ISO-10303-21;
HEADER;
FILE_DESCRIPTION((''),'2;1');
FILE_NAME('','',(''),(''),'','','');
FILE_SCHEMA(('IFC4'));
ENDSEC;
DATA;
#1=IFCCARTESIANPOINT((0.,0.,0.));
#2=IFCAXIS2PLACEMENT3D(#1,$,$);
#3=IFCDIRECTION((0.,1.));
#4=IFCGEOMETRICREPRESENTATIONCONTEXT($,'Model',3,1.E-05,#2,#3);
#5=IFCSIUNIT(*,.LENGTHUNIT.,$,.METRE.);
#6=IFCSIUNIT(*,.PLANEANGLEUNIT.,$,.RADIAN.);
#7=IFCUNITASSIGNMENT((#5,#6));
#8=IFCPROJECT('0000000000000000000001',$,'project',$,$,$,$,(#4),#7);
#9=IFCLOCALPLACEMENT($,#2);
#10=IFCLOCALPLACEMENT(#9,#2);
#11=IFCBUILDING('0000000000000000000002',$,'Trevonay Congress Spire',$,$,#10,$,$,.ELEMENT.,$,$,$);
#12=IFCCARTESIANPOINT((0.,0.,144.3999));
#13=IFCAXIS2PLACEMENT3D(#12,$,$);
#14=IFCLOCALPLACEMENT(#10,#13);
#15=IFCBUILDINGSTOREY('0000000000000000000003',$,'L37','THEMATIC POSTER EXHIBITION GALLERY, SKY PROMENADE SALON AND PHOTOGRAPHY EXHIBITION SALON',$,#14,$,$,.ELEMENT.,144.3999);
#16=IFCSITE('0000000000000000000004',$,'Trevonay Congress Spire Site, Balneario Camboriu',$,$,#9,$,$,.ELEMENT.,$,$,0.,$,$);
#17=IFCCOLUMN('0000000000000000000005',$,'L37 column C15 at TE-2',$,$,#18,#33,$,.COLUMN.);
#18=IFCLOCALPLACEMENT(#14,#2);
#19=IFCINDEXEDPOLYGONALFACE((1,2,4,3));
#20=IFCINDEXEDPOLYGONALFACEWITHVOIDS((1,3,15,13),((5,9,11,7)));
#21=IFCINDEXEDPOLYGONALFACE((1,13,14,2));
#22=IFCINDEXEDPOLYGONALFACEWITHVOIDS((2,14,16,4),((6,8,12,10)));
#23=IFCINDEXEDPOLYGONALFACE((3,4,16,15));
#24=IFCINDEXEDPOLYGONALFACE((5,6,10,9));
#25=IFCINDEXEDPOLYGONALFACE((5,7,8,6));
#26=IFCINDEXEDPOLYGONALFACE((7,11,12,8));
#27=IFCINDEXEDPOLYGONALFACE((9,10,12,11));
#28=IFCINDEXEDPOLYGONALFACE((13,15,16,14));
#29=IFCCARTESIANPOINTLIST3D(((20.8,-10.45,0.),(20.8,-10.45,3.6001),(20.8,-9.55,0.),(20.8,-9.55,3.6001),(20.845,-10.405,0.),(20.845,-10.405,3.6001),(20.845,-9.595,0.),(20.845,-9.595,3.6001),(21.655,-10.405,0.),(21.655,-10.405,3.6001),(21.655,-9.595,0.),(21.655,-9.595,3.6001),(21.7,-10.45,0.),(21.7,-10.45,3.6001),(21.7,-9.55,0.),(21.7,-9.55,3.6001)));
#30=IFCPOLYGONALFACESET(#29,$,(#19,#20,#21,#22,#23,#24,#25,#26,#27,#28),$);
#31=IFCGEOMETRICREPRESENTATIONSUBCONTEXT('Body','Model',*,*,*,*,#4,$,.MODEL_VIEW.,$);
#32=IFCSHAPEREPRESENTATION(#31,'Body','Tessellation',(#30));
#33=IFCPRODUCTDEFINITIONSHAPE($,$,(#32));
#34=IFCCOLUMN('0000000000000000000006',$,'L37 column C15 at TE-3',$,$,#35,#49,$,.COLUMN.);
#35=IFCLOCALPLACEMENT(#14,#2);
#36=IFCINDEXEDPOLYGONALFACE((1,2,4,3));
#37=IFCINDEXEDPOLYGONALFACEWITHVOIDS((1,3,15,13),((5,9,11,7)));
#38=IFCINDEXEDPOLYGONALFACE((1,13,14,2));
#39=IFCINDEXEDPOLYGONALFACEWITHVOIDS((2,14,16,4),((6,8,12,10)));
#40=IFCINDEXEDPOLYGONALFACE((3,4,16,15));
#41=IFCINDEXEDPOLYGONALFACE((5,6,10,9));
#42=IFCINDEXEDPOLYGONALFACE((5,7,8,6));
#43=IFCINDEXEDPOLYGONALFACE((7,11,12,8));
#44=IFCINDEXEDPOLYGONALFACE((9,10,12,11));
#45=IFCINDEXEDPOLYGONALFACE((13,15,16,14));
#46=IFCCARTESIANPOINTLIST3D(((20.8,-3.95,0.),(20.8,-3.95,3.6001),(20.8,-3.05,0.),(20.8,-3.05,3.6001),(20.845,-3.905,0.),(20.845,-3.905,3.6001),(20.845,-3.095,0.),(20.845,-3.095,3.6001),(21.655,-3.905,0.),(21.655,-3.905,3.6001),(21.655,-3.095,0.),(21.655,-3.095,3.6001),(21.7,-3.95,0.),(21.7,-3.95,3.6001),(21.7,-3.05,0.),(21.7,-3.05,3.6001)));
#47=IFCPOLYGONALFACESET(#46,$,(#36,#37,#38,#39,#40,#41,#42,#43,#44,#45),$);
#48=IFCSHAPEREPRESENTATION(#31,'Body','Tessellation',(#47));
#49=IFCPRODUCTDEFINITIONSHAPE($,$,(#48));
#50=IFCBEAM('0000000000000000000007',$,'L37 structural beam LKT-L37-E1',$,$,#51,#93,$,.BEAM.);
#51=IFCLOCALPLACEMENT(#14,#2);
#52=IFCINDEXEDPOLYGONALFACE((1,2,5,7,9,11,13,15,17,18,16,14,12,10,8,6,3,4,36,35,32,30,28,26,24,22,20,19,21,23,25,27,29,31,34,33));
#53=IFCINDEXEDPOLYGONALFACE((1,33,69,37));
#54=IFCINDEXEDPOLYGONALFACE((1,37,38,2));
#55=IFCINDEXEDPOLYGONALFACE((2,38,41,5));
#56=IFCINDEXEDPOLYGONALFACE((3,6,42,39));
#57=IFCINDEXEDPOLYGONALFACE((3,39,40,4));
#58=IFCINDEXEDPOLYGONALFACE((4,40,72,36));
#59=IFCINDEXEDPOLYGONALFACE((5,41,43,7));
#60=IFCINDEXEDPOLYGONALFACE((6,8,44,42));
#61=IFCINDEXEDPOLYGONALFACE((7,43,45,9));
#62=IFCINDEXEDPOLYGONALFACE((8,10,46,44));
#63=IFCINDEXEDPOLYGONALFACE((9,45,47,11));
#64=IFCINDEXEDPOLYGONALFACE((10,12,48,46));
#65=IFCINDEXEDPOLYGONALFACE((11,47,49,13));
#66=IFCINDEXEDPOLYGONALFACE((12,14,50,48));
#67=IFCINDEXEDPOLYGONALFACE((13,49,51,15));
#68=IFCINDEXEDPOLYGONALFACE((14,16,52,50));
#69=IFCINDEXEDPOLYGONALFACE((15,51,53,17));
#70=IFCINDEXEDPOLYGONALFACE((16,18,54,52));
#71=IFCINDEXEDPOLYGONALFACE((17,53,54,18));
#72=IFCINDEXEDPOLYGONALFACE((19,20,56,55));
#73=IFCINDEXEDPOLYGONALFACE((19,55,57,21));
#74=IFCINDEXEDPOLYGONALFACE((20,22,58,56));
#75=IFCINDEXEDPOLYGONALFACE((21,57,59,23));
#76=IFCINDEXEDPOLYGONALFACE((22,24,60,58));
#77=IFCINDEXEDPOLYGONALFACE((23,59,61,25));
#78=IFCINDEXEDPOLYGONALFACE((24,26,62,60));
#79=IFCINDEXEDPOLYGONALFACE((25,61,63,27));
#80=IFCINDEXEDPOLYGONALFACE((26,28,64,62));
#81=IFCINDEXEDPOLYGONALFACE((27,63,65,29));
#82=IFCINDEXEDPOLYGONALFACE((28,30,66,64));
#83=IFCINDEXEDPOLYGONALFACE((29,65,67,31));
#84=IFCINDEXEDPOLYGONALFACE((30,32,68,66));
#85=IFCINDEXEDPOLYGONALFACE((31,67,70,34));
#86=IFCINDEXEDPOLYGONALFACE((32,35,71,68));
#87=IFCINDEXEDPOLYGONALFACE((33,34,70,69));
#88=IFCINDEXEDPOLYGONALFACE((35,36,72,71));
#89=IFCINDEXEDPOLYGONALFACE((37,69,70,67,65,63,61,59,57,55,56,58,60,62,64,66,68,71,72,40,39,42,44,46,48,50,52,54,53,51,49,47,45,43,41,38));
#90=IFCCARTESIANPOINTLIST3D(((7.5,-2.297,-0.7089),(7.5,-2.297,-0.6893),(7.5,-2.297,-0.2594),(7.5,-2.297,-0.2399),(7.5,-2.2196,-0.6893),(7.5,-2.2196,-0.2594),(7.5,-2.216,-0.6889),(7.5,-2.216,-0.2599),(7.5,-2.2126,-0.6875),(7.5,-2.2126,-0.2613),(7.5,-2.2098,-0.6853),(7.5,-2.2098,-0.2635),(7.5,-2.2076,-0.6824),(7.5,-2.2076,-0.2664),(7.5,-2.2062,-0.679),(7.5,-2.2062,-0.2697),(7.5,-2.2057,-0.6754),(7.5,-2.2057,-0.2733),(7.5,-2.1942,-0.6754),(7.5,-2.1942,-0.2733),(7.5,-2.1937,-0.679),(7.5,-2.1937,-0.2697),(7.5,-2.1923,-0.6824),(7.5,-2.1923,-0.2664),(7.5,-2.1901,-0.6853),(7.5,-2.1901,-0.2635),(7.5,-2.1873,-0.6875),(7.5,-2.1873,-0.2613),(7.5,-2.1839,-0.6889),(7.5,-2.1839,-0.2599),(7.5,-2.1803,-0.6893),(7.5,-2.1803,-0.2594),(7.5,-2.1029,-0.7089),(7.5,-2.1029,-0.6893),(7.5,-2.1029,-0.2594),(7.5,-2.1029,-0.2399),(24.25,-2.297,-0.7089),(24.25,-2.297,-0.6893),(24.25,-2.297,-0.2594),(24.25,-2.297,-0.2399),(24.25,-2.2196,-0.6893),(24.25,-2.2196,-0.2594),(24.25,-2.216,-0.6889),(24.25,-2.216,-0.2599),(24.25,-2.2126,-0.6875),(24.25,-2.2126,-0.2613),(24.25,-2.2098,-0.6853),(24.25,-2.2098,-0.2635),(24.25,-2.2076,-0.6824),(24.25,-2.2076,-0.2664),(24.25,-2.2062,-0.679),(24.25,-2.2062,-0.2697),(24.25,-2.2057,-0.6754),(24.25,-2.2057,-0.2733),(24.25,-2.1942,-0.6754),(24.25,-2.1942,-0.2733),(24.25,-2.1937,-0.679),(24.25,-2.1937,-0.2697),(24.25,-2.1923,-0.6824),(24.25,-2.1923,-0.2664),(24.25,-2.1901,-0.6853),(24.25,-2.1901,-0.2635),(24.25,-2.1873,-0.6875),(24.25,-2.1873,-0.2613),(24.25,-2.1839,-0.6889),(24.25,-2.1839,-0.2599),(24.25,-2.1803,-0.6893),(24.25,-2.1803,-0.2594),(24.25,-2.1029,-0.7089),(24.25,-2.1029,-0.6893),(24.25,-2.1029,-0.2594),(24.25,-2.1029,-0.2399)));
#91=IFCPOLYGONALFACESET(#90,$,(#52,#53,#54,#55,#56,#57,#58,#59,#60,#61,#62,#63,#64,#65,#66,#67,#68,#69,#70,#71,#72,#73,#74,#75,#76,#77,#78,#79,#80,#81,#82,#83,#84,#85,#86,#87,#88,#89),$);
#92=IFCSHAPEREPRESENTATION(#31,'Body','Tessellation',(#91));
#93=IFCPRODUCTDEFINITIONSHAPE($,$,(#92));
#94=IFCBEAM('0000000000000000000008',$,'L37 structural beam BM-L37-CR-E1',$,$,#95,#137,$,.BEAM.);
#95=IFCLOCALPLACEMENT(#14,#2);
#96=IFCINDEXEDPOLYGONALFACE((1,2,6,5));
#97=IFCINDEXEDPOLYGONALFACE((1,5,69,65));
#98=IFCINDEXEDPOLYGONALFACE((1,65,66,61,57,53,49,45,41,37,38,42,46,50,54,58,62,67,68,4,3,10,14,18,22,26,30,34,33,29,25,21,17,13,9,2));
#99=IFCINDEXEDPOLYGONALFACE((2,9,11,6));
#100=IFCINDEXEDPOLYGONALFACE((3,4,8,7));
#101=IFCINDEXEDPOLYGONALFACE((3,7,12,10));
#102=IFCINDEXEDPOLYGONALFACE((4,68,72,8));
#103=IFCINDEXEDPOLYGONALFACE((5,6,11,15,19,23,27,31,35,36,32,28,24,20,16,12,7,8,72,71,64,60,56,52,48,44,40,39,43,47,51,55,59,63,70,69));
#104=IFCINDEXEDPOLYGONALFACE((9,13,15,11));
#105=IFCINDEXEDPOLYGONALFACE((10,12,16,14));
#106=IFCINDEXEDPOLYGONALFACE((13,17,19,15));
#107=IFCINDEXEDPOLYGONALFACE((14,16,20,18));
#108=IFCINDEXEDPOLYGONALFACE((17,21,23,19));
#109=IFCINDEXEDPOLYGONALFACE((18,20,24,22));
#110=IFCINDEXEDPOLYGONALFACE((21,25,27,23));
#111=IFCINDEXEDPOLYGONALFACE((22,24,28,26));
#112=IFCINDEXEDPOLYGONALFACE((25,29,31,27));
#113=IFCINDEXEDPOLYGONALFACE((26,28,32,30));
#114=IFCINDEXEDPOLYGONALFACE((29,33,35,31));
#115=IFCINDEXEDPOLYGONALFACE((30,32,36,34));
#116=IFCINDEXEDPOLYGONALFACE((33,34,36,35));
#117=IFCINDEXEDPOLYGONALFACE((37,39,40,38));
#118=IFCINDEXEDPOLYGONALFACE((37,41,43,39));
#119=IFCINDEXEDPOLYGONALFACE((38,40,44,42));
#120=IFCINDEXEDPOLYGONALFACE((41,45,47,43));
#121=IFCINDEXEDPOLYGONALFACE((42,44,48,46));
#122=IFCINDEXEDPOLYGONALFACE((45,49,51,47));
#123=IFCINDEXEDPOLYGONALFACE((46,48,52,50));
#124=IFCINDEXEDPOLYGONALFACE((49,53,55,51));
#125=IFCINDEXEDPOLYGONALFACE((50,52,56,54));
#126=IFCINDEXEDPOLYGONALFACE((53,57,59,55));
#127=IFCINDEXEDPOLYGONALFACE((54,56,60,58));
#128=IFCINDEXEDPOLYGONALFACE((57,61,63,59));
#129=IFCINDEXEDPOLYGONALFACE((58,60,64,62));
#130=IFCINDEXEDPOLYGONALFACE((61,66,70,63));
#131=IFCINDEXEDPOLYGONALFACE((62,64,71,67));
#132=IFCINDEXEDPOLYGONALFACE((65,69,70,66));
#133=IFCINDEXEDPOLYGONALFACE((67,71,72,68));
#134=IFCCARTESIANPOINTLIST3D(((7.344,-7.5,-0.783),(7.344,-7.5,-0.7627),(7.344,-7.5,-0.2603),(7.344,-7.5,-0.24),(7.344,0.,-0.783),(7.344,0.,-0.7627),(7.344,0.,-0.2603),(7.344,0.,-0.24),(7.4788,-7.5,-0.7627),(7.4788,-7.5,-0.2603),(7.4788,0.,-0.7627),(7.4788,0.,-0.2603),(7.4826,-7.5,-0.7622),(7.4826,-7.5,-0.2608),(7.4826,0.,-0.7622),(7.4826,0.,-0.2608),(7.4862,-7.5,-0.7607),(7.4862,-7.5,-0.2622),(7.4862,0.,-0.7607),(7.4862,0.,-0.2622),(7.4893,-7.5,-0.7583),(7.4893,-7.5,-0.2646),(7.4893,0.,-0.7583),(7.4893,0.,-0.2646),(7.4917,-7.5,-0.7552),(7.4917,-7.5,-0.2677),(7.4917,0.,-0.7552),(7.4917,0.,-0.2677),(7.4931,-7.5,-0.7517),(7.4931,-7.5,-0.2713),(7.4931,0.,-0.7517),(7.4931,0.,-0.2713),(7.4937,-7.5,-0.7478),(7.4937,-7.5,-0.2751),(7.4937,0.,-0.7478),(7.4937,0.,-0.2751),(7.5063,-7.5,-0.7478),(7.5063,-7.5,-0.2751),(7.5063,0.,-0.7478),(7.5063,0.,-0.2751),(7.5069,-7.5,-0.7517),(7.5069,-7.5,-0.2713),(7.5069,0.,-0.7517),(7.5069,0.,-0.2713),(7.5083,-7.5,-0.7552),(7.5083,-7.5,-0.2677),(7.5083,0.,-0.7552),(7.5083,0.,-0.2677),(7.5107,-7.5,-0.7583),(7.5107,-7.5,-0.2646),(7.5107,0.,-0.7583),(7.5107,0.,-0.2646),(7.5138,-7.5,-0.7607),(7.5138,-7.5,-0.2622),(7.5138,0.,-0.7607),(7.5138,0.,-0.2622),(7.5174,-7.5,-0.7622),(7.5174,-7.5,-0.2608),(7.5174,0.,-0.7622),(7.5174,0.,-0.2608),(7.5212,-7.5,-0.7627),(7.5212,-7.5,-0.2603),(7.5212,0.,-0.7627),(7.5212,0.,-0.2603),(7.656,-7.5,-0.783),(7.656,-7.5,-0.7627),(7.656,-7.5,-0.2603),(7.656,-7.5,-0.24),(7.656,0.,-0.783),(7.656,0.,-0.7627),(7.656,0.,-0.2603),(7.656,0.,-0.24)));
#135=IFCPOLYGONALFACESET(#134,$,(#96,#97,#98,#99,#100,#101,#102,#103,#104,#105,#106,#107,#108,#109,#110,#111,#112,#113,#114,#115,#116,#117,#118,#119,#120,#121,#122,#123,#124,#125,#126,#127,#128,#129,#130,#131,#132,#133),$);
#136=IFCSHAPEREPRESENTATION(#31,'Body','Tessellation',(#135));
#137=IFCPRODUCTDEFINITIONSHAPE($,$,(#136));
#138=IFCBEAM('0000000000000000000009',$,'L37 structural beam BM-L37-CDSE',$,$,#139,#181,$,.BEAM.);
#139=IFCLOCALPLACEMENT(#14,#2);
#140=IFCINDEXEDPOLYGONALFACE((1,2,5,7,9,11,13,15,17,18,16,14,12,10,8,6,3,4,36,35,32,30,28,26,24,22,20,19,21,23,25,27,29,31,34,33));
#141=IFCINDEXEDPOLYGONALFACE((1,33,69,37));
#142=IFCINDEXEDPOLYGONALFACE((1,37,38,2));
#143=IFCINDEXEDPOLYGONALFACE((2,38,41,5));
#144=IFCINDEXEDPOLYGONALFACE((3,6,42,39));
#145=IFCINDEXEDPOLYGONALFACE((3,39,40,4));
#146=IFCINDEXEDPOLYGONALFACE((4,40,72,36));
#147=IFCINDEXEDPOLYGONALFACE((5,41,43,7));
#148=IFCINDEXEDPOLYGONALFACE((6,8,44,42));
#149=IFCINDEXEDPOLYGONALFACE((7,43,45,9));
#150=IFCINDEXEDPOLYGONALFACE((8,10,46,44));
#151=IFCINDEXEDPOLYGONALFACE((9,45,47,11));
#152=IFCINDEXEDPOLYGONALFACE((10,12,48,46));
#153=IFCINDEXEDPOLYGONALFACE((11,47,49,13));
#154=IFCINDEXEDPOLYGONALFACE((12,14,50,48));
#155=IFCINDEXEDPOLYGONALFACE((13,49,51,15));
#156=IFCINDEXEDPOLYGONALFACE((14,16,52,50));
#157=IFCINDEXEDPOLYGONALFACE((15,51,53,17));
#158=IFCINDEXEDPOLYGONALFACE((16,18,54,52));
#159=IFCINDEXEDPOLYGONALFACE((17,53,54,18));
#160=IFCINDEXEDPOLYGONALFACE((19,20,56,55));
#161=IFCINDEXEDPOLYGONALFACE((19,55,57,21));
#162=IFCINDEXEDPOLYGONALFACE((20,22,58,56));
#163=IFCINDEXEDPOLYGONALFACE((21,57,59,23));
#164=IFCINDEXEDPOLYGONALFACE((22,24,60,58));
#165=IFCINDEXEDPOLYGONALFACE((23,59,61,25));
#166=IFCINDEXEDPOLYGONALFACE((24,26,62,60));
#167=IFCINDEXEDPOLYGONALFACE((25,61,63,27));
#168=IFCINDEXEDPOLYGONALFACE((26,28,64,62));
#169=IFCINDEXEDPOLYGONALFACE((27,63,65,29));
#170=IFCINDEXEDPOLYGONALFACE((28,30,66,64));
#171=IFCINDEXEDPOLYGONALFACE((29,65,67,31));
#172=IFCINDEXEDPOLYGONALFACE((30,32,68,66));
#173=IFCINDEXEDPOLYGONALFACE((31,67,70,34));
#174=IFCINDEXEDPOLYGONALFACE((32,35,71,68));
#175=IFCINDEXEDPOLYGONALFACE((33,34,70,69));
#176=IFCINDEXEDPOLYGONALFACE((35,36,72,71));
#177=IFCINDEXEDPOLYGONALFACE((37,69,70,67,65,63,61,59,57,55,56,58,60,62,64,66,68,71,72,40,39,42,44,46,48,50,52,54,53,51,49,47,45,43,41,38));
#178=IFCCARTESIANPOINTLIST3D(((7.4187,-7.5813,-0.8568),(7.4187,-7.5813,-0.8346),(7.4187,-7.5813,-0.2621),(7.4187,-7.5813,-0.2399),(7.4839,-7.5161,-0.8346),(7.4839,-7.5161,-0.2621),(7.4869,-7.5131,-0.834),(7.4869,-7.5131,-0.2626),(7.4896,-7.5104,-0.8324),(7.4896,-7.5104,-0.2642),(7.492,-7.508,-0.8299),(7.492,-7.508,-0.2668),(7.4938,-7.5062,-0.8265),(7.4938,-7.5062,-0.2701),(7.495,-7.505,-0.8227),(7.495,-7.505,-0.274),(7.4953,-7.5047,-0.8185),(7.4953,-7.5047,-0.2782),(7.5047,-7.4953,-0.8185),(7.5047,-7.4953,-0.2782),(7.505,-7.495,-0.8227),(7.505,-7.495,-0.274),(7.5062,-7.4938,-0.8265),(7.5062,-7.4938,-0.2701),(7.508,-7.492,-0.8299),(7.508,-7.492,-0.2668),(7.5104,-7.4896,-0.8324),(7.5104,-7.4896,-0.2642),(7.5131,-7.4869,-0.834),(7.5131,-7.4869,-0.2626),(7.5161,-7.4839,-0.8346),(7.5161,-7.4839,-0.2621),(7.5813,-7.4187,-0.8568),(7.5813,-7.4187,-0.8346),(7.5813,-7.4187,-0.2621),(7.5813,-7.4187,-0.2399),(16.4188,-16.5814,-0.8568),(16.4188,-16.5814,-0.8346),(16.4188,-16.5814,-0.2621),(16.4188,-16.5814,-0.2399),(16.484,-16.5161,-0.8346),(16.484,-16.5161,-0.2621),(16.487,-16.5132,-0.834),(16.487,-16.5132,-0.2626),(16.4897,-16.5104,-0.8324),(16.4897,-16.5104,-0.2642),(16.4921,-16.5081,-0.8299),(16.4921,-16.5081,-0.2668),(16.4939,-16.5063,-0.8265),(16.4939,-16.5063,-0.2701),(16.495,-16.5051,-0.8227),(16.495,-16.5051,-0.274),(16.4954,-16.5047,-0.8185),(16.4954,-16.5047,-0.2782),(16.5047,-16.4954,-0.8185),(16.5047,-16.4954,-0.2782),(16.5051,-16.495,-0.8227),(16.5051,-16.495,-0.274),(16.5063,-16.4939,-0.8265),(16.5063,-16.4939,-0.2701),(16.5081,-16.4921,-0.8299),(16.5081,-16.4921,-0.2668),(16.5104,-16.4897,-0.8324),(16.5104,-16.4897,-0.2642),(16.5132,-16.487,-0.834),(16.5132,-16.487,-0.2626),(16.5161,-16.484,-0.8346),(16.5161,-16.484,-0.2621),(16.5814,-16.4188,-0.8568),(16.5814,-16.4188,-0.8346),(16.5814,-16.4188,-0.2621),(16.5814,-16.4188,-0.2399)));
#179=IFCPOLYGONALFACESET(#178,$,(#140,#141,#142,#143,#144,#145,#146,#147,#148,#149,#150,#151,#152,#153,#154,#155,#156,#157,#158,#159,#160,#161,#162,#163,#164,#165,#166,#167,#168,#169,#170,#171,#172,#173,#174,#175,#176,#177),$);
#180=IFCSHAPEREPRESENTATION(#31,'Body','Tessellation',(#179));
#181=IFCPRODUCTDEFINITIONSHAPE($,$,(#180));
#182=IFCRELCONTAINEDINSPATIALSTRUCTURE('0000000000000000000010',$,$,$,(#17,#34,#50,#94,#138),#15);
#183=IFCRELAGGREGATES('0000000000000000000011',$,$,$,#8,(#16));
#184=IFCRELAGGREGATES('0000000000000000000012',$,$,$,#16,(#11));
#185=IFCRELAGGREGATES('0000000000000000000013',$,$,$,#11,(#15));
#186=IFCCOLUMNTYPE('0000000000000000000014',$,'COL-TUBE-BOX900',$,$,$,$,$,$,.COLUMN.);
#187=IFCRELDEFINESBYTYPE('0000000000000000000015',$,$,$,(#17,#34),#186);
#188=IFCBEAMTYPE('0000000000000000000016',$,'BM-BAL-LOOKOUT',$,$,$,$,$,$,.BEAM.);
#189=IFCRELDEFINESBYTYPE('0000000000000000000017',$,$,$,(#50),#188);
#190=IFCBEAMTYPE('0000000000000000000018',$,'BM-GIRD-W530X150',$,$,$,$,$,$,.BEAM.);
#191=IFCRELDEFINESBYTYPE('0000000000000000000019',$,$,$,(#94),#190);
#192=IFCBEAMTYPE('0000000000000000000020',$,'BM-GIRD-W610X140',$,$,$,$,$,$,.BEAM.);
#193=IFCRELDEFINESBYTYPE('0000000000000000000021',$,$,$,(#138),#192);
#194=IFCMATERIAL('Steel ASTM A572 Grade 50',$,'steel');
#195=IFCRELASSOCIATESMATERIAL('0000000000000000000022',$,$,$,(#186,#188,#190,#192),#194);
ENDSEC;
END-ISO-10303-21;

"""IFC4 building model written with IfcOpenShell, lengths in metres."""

from ifc_helpers import new_model, si_unit, direction, frame, origin, origin_2d, place, context, subcontext, project, spatial, hollow_rectangle, i_section, extrude, material, material_profile, profile_set, type_object, element, save


model = new_model("IFC4")

# Units and contexts
model_context = context("Model", 3, precision=1e-05, world=origin(), true_north=direction((0.0, 1.0)))
body_context = subcontext(model_context, "Body", "Model", "MODEL_VIEW")
ifc_project = project(units=[si_unit("LENGTHUNIT", "METRE"), si_unit("PLANEANGLEUNIT", "RADIAN")], contexts=[model_context])

# Site, building, storey
site_placement = place(None, origin())
site = spatial("IfcSite", under=ifc_project, at=site_placement, Name="Trevonay Congress Spire Site, Balneario Camboriu", CompositionType="ELEMENT", RefElevation=0.0)
building_placement = place(site_placement, origin())
building = spatial("IfcBuilding", under=site, at=building_placement, Name="Trevonay Congress Spire", CompositionType="ELEMENT")
storey_placement = place(building_placement, frame((0.0, 0.0, 144.3999)))
storey = spatial("IfcBuildingStorey", under=building, at=storey_placement, Name="L37", Description="THEMATIC POSTER EXHIBITION GALLERY, SKY PROMENADE SALON AND PHOTOGRAPHY EXHIBITION SALON", CompositionType="ELEMENT", Elevation=144.3999)

# Columns
ifc_material_1 = material(Name="Steel ASTM A572 Grade 50", Category="steel")
ifc_material_profile_1 = material_profile(ifc_material_1, hollow_rectangle(XDim=0.8999, YDim=0.8999, WallThickness=0.0449, at=origin_2d()), Name="BOX 900x900x45")
ifc_profile_set_1 = profile_set([ifc_material_profile_1], Name="Steel ASTM A572 Grade 50")
column_type = type_object("IfcColumnType", Name="COL-TUBE-BOX900", PredefinedType="COLUMN", material=ifc_profile_set_1)
for number, where, z_axis, x_axis, name in (
    (1, (21.25, -10.0, 0.0), (0.0, 0.0, 1.0), (1.0, 0.0, 0.0), "L37 column C15 at TE-2"),
    (2, (21.25, -3.5, 0.0), (0.0, 0.0, 1.0), (1.0, 0.0, 0.0), "L37 column C15 at TE-3"),
):
    element("IfcColumn", number, at=place(storey_placement, frame(where, z_axis=z_axis, x_axis=x_axis)), inside=storey, type_object=column_type, Name=name, PredefinedType="COLUMN", context=body_context, shape_type="SweptSolid", body=[
        extrude(hollow_rectangle(XDim=0.8999, YDim=0.8999, WallThickness=0.0449, at=origin_2d()), origin(), (0.0, 0.0, 1.0), 3.6001),
    ])

# Beams
ifc_material_profile_2 = material_profile(ifc_material_1, i_section(OverallWidth=0.1941, OverallDepth=0.469, WebThickness=0.0115, FlangeThickness=0.0195, FilletRadius=0.0139, at=origin_2d()), Name="W460x106")
ifc_profile_set_2 = profile_set([ifc_material_profile_2], Name="Steel ASTM A572 Grade 50")
beam_type_1 = type_object("IfcBeamType", Name="BM-BAL-LOOKOUT", PredefinedType="BEAM", material=ifc_profile_set_2)
beam_1_placement = place(storey_placement, frame((7.5, -2.2, -0.4744), z_axis=(1.0, 0.0, 0.0), x_axis=(0.0, 1.0, 0.0)))
element("IfcBeam", 3, at=beam_1_placement, inside=storey, type_object=beam_type_1, Name="L37 structural beam LKT-L37-E1", PredefinedType="BEAM", context=body_context, shape_type="SweptSolid", body=[
    extrude(i_section(OverallWidth=0.1941, OverallDepth=0.469, WebThickness=0.0115, FlangeThickness=0.0195, FilletRadius=0.0139, at=origin_2d()), origin(), (0.0, 0.0, 1.0), 16.75),
])
ifc_material_profile_3 = material_profile(ifc_material_1, i_section(OverallWidth=0.312, OverallDepth=0.543, WebThickness=0.0127, FlangeThickness=0.0203, FilletRadius=0.0149, at=origin_2d()), Name="W530x150")
ifc_profile_set_3 = profile_set([ifc_material_profile_3], Name="Steel ASTM A572 Grade 50")
beam_type_2 = type_object("IfcBeamType", Name="BM-GIRD-W530X150", PredefinedType="BEAM", material=ifc_profile_set_3)
beam_2_placement = place(storey_placement, frame((7.5, -7.5, -0.5115), z_axis=(0.0, 1.0, 0.0), x_axis=(-1.0, 0.0, 0.0)))
element("IfcBeam", 4, at=beam_2_placement, inside=storey, type_object=beam_type_2, Name="L37 structural beam BM-L37-CR-E1", PredefinedType="BEAM", context=body_context, shape_type="SweptSolid", body=[
    extrude(i_section(OverallWidth=0.312, OverallDepth=0.543, WebThickness=0.0127, FlangeThickness=0.0203, FilletRadius=0.0149, at=origin_2d()), origin(), (0.0, 0.0, 1.0), 7.5),
])
ifc_material_profile_4 = material_profile(ifc_material_1, i_section(OverallWidth=0.23, OverallDepth=0.6169, WebThickness=0.0132, FlangeThickness=0.0222, FilletRadius=0.0161, at=origin_2d()), Name="W610x140")
ifc_profile_set_4 = profile_set([ifc_material_profile_4], Name="Steel ASTM A572 Grade 50")
beam_type_3 = type_object("IfcBeamType", Name="BM-GIRD-W610X140", PredefinedType="BEAM", material=ifc_profile_set_4)
beam_3_placement = place(storey_placement, frame((7.5, -7.5, -0.5483), z_axis=(0.707107, -0.707107, 0.0), x_axis=(0.707107, 0.707107, 0.0)))
element("IfcBeam", 5, at=beam_3_placement, inside=storey, type_object=beam_type_3, Name="L37 structural beam BM-L37-CDSE", PredefinedType="BEAM", context=body_context, shape_type="SweptSolid", body=[
    extrude(i_section(OverallWidth=0.23, OverallDepth=0.6169, WebThickness=0.0132, FlangeThickness=0.0222, FilletRadius=0.0161, at=origin_2d()), origin(), (0.0, 0.0, 1.0), 12.728),
])

save(model, "model.ifc")
